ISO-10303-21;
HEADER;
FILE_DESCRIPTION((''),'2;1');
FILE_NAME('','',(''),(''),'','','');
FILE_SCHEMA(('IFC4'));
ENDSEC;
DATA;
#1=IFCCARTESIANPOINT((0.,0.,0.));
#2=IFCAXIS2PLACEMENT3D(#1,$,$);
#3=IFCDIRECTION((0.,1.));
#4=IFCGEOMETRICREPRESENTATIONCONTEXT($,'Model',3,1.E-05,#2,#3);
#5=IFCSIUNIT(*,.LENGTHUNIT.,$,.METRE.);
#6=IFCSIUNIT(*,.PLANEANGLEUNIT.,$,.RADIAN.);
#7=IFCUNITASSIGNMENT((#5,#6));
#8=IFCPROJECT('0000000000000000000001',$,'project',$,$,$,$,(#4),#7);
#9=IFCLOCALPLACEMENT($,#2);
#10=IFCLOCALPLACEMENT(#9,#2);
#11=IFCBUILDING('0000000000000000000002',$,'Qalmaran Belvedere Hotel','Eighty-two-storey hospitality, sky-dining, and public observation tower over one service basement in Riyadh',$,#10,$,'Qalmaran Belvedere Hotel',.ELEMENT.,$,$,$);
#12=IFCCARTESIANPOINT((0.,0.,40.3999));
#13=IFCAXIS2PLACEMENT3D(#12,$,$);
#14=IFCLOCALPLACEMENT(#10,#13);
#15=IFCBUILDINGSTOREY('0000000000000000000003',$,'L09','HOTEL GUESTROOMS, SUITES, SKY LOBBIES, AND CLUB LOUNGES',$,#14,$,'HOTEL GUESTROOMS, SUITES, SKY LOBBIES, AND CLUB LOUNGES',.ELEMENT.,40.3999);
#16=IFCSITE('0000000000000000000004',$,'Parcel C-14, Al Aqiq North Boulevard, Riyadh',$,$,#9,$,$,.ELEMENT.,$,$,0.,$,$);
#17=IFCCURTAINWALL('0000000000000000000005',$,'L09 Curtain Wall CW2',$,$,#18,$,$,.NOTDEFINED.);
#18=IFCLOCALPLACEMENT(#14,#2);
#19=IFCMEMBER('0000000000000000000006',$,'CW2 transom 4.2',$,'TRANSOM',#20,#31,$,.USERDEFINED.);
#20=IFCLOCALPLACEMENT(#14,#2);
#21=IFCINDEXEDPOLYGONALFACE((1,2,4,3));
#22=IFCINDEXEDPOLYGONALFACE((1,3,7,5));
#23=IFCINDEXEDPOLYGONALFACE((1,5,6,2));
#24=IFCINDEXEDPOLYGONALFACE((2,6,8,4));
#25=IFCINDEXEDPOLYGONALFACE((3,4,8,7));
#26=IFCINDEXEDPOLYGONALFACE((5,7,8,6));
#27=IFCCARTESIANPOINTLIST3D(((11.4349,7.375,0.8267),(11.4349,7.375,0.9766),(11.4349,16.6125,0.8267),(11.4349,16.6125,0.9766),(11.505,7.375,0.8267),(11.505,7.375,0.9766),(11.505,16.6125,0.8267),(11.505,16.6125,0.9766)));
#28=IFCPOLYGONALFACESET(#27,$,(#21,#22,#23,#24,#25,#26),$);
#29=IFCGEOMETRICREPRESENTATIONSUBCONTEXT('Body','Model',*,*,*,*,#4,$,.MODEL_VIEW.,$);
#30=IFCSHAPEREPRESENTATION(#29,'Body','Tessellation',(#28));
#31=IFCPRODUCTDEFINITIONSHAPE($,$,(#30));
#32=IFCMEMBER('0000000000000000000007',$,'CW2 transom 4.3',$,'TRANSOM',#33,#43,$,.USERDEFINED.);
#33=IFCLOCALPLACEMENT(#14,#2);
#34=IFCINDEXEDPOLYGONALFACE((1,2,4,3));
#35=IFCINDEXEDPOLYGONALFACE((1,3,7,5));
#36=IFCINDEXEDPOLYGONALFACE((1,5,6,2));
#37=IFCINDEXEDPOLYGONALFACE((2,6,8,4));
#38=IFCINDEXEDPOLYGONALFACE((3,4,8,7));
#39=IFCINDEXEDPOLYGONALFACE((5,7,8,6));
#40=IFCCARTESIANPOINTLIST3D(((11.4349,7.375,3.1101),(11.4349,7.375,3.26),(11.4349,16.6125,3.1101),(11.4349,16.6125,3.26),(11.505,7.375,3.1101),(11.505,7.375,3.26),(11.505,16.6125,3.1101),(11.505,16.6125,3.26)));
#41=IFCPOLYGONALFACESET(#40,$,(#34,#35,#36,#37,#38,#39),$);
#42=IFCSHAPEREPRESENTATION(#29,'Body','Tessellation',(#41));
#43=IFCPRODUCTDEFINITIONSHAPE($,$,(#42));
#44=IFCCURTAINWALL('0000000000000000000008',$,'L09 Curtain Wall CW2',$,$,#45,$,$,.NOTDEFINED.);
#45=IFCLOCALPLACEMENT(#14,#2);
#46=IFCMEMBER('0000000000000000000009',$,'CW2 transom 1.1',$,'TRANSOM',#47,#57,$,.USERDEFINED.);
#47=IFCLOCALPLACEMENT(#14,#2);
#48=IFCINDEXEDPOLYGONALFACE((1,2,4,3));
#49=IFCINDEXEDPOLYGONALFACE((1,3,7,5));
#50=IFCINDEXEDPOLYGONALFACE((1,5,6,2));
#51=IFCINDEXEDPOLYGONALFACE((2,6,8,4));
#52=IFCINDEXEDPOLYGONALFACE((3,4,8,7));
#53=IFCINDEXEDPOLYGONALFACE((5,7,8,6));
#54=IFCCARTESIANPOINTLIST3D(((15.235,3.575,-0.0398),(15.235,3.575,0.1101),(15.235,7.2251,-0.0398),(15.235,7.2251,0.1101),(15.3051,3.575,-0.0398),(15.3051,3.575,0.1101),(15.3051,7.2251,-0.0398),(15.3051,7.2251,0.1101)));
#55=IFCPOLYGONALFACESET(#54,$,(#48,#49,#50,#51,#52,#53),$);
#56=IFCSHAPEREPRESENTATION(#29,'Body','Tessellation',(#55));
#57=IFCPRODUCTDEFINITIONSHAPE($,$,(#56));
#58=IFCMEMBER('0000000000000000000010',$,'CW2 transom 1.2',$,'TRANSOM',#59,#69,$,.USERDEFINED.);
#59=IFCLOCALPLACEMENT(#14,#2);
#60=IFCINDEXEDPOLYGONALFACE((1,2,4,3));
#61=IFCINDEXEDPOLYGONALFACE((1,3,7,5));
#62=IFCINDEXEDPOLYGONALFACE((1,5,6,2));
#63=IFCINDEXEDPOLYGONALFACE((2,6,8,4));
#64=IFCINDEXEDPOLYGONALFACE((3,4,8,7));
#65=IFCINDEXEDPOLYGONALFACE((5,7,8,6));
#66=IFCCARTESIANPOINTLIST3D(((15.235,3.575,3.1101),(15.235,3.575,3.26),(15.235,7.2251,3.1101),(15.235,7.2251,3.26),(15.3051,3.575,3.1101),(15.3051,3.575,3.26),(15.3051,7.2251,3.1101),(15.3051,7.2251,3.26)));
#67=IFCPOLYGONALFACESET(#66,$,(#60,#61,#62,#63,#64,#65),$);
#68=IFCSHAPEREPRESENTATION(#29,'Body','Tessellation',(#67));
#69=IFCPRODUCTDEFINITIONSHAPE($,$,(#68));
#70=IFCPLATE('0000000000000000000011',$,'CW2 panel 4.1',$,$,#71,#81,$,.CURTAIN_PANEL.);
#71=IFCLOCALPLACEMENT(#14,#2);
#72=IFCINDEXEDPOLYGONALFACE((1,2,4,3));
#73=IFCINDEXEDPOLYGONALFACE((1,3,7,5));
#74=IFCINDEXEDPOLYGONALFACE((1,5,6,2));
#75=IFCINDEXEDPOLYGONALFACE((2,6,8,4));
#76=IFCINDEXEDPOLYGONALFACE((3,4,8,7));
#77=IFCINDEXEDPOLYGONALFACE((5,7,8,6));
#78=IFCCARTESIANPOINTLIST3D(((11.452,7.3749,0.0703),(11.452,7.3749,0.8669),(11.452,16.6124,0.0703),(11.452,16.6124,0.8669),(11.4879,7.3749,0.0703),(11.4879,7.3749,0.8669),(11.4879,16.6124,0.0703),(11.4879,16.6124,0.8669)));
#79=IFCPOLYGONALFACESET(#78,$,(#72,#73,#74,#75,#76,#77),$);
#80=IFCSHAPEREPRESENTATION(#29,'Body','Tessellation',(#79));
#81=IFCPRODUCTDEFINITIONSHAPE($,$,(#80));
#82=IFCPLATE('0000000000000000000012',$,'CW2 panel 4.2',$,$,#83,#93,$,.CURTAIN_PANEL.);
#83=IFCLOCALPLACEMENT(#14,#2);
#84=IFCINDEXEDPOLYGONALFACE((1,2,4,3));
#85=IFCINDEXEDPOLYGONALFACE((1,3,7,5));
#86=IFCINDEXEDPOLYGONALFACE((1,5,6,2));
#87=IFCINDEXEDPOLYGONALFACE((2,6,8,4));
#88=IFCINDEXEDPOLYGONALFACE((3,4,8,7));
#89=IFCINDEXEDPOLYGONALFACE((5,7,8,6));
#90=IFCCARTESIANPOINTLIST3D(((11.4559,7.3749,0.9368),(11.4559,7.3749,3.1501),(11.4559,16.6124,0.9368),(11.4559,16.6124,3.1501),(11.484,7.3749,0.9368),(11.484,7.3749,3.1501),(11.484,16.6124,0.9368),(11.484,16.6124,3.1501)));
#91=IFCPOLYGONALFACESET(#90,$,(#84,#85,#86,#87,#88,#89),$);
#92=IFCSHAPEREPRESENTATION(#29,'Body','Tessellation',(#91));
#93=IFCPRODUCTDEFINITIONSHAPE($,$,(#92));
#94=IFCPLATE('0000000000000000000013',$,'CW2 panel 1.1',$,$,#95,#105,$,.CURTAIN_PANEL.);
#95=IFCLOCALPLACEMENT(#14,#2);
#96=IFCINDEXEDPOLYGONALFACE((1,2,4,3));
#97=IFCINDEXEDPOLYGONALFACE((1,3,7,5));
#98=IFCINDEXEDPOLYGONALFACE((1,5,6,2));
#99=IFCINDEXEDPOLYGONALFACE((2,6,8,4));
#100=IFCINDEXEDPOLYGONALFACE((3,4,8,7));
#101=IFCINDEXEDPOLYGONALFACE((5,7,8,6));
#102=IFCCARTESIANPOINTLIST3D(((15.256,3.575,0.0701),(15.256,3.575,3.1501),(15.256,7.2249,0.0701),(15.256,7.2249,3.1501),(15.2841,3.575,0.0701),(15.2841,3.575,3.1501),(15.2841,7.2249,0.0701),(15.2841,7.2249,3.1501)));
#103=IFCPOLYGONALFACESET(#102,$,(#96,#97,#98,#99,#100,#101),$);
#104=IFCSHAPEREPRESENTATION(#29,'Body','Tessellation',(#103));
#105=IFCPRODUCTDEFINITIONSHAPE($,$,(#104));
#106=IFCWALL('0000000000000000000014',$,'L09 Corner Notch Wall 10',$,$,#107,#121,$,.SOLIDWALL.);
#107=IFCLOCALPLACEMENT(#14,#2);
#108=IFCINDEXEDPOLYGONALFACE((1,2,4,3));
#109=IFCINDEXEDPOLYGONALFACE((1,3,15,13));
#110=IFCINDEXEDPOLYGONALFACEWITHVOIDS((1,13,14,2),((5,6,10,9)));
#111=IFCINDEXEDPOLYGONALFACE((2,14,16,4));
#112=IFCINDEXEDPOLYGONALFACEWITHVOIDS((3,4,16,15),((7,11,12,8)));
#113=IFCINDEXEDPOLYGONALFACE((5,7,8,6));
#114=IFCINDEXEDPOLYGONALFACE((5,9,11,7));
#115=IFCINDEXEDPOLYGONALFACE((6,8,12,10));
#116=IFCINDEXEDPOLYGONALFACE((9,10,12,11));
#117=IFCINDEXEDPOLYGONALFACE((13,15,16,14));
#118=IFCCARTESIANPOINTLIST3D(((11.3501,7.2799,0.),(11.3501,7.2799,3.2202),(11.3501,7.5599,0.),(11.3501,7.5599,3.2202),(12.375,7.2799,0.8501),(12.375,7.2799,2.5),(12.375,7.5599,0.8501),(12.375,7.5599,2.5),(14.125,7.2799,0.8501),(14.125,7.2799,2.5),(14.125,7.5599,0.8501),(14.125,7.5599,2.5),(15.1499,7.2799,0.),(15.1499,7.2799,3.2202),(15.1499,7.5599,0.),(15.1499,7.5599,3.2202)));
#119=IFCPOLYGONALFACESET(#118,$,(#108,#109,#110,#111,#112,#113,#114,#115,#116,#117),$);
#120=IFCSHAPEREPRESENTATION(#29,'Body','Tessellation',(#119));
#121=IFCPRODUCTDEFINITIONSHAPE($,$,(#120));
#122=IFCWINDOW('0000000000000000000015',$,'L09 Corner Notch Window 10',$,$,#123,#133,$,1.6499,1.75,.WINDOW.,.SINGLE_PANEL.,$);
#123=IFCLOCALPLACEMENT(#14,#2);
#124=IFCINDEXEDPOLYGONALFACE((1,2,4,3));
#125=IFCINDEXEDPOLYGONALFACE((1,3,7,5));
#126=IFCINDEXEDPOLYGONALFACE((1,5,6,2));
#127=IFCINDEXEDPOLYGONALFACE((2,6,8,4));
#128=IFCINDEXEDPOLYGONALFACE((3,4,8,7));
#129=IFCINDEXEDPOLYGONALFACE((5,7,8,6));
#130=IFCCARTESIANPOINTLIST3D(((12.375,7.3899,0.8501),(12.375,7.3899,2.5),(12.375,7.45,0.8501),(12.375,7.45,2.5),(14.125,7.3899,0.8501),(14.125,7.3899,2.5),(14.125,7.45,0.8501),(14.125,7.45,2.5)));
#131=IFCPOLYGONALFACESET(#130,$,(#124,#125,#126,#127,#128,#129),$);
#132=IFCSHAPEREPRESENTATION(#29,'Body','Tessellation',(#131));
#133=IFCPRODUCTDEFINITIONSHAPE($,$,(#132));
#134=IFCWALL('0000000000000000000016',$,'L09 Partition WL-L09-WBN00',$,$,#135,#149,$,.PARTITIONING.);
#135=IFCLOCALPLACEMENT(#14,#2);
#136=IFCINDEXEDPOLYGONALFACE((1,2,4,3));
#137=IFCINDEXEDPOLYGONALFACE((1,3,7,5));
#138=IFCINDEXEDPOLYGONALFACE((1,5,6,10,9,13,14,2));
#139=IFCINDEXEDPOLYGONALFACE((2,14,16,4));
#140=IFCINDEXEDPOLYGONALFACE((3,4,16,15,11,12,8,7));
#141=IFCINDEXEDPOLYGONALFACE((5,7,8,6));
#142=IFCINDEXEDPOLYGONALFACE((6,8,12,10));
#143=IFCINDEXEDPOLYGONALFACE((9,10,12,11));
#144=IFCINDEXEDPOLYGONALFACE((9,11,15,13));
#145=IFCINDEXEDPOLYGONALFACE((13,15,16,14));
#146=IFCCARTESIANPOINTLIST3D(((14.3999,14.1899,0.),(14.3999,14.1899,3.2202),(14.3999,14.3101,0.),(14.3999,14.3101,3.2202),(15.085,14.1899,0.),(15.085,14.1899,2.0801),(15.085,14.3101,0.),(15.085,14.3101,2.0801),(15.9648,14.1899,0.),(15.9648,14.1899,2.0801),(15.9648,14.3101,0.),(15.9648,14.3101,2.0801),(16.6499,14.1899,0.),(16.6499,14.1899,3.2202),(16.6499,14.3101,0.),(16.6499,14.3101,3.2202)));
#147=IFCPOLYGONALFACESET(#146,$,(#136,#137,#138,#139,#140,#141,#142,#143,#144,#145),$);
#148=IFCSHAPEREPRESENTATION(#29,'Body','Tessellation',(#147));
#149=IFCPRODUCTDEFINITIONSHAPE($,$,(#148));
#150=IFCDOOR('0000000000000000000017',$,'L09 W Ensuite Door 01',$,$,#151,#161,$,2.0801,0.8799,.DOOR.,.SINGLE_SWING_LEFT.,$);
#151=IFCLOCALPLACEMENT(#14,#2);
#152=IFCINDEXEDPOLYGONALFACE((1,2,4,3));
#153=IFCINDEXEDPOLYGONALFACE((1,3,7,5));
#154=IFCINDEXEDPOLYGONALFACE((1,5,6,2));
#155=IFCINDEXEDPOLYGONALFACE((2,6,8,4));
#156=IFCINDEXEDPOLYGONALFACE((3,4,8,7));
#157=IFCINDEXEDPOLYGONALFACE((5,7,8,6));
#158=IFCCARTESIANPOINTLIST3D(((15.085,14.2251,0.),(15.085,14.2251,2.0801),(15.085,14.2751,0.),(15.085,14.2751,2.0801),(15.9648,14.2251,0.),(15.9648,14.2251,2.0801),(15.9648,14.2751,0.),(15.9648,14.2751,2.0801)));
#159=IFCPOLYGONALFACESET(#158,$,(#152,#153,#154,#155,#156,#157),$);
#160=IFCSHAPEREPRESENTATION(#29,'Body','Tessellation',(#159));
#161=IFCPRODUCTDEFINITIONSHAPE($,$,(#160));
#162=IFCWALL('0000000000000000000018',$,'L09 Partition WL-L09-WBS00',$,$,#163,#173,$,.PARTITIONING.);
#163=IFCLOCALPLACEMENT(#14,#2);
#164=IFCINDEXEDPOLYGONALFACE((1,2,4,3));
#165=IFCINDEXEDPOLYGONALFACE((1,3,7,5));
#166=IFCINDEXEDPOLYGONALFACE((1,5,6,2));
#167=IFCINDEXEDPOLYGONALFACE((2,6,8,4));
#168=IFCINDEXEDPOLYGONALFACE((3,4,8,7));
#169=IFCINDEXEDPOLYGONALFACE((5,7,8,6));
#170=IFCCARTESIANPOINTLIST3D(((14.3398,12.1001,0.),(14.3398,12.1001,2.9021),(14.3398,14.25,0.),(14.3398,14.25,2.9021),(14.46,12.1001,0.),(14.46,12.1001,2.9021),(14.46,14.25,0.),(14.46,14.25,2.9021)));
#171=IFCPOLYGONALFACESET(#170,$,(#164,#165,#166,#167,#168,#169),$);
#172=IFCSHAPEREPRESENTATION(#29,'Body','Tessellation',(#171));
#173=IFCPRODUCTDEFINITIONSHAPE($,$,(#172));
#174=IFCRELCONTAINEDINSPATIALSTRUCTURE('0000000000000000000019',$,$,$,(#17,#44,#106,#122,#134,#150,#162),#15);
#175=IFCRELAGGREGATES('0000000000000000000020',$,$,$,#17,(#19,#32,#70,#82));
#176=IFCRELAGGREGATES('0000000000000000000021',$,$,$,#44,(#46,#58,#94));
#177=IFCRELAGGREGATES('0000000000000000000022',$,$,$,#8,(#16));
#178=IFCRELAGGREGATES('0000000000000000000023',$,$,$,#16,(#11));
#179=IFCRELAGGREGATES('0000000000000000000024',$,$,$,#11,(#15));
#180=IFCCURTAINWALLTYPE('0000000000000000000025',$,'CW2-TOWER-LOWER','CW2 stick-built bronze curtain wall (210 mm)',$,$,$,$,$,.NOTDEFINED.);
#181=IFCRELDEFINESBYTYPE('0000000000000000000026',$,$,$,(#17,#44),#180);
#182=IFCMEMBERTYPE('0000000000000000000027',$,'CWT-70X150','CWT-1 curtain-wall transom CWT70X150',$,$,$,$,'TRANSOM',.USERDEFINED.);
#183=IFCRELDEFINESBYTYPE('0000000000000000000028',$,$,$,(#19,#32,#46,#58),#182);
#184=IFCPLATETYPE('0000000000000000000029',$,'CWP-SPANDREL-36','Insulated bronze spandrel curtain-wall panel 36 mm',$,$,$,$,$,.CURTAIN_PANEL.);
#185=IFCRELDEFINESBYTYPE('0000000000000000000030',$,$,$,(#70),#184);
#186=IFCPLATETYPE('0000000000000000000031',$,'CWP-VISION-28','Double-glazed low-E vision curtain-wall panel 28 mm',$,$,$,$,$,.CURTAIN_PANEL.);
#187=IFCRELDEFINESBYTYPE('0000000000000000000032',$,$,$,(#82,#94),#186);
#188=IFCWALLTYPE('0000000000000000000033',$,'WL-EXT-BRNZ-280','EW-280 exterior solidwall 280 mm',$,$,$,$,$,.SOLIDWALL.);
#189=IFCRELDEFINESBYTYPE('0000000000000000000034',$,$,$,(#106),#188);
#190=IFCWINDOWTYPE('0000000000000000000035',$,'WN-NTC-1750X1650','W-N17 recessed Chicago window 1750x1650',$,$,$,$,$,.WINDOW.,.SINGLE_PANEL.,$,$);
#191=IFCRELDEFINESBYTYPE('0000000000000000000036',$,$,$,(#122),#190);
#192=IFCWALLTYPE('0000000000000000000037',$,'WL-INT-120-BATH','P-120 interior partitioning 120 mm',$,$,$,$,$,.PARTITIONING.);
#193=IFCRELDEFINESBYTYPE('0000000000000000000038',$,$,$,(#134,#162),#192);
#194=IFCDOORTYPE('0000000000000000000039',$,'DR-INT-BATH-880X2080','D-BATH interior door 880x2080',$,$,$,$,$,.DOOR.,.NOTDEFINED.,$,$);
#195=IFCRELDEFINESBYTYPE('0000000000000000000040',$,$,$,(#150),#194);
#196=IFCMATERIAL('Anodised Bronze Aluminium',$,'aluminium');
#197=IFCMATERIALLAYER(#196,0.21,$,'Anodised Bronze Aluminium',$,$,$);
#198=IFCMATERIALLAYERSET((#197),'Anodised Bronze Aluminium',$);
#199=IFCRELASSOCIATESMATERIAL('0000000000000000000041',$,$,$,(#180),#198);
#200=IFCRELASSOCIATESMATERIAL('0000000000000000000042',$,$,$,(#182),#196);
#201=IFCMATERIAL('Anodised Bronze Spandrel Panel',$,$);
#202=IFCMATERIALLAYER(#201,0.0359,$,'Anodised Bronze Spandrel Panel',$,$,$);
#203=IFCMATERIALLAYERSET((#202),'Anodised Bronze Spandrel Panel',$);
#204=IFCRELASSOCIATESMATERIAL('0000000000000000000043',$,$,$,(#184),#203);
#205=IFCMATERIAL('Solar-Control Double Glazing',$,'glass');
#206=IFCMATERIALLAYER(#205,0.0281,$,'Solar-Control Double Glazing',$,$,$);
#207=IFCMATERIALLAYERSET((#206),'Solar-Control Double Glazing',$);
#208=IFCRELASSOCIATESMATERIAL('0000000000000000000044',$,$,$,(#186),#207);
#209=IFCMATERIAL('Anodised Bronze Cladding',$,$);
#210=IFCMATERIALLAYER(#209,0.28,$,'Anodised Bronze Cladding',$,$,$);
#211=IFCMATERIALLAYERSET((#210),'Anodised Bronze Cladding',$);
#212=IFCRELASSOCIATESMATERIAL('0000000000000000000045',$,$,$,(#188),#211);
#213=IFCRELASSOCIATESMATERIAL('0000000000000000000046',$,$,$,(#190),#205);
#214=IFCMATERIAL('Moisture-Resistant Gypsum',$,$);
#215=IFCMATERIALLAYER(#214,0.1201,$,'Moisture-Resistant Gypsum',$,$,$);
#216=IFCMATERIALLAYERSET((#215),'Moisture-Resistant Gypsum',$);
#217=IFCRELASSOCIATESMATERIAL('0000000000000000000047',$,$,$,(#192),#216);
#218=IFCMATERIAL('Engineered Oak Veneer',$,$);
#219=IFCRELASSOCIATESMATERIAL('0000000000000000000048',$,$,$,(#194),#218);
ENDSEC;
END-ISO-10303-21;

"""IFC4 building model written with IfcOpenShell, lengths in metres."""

from ifc_helpers import new_model, si_unit, direction, frame, frame_2d, origin, origin_2d, place, context, subcontext, project, spatial, rectangle, extrude, material, layer, layer_set, material_profile, profile_set, type_object, element, fill, aggregate, save


model = new_model("IFC4")

# Units and contexts
model_context = context("Model", 3, precision=1e-05, world=origin(), true_north=direction((0.0, 1.0)))
body_context = subcontext(model_context, "Body", "Model", "MODEL_VIEW")
ifc_project = project(units=[si_unit("LENGTHUNIT", "METRE"), si_unit("PLANEANGLEUNIT", "RADIAN")], contexts=[model_context])

# Site, building, storey
site_placement = place(None, origin())
site = spatial("IfcSite", under=ifc_project, at=site_placement, Name="Parcel C-14, Al Aqiq North Boulevard, Riyadh", CompositionType="ELEMENT", RefElevation=0.0)
building_placement = place(site_placement, origin())
building = spatial("IfcBuilding", under=site, at=building_placement, Name="Qalmaran Belvedere Hotel", Description="Eighty-two-storey hospitality, sky-dining, and public observation tower over one service basement in Riyadh", LongName="Qalmaran Belvedere Hotel", CompositionType="ELEMENT")
storey_placement = place(building_placement, frame((0.0, 0.0, 40.3999)))
storey = spatial("IfcBuildingStorey", under=building, at=storey_placement, Name="L09", Description="HOTEL GUESTROOMS, SUITES, SKY LOBBIES, AND CLUB LOUNGES", LongName="HOTEL GUESTROOMS, SUITES, SKY LOBBIES, AND CLUB LOUNGES", CompositionType="ELEMENT", Elevation=40.3999)

# Curtain walls, members
ifc_material_1 = material(Name="Anodised Bronze Aluminium", Category="aluminium")
ifc_layer_1 = layer(ifc_material_1, 0.21, Name="Anodised Bronze Aluminium")
ifc_layer_set_1 = layer_set([ifc_layer_1], Name="Anodised Bronze Aluminium")
curtain_wall_type = type_object("IfcCurtainWallType", Name="CW2-TOWER-LOWER", Description="CW2 stick-built bronze curtain wall (210 mm)", PredefinedType="NOTDEFINED", material=ifc_layer_set_1)
curtain_wall_1_placement = place(storey_placement, origin())
curtain_wall_1 = element("IfcCurtainWall", 1, at=curtain_wall_1_placement, inside=storey, type_object=curtain_wall_type, Name="L09 Curtain Wall CW2", PredefinedType="NOTDEFINED")
ifc_material_profile_1 = material_profile(ifc_material_1, rectangle(XDim=0.0701, YDim=0.1499, at=origin_2d()), Name="CWT70X150")
ifc_profile_set_1 = profile_set([ifc_material_profile_1], Name="Anodised Bronze Aluminium")
member_type_1 = type_object("IfcMemberType", Name="CWT-70X150", Description="CWT-1 curtain-wall transom CWT70X150", ElementType="TRANSOM", PredefinedType="USERDEFINED", material=ifc_profile_set_1)
member_1_placement = place(storey_placement, frame((11.47, 16.6125, 0.9016), z_axis=(0.0, -1.0, 0.0), x_axis=(1.0, 0.0, 0.0)))
member_1 = element("IfcMember", 2, at=member_1_placement, type_object=member_type_1, Name="CW2 transom 4.2", ObjectType="TRANSOM", PredefinedType="USERDEFINED", context=body_context, shape_type="SweptSolid", body=[
    extrude(rectangle(XDim=0.0701, YDim=0.1499, at=origin_2d()), origin(), (0.0, 0.0, 1.0), 9.2375),
])
member_2_placement = place(storey_placement, frame((11.47, 16.6125, 3.1851), z_axis=(0.0, -1.0, 0.0), x_axis=(1.0, 0.0, 0.0)))
member_2 = element("IfcMember", 3, at=member_2_placement, type_object=member_type_1, Name="CW2 transom 4.3", ObjectType="TRANSOM", PredefinedType="USERDEFINED", context=body_context, shape_type="SweptSolid", body=[
    extrude(rectangle(XDim=0.0701, YDim=0.1499, at=origin_2d()), origin(), (0.0, 0.0, 1.0), 9.2375),
])
curtain_wall_2_placement = place(storey_placement, origin())
curtain_wall_2 = element("IfcCurtainWall", 4, at=curtain_wall_2_placement, inside=storey, type_object=curtain_wall_type, Name="L09 Curtain Wall CW2", PredefinedType="NOTDEFINED")
member_3_placement = place(storey_placement, frame((15.27, 7.2251, 0.0352), z_axis=(0.0, -1.0, 0.0), x_axis=(1.0, 0.0, 0.0)))
member_3 = element("IfcMember", 5, at=member_3_placement, type_object=member_type_1, Name="CW2 transom 1.1", ObjectType="TRANSOM", PredefinedType="USERDEFINED", context=body_context, shape_type="SweptSolid", body=[
    extrude(rectangle(XDim=0.0701, YDim=0.1499, at=origin_2d()), origin(), (0.0, 0.0, 1.0), 3.6501),
])
member_4_placement = place(storey_placement, frame((15.27, 7.2251, 3.1851), z_axis=(0.0, -1.0, 0.0), x_axis=(1.0, 0.0, 0.0)))
member_4 = element("IfcMember", 6, at=member_4_placement, type_object=member_type_1, Name="CW2 transom 1.2", ObjectType="TRANSOM", PredefinedType="USERDEFINED", context=body_context, shape_type="SweptSolid", body=[
    extrude(rectangle(XDim=0.0701, YDim=0.1499, at=origin_2d()), origin(), (0.0, 0.0, 1.0), 3.6501),
])

# Plates
ifc_material_2 = material(Name="Anodised Bronze Spandrel Panel")
ifc_layer_2 = layer(ifc_material_2, 0.0359, Name="Anodised Bronze Spandrel Panel")
ifc_layer_set_2 = layer_set([ifc_layer_2], Name="Anodised Bronze Spandrel Panel")
plate_type_1 = type_object("IfcPlateType", Name="CWP-SPANDREL-36", Description="Insulated bronze spandrel curtain-wall panel 36 mm", PredefinedType="CURTAIN_PANEL", material=ifc_layer_set_2)
plate_1_placement = place(storey_placement, frame((11.47, 11.9937, 0.0703), z_axis=(0.0, 0.0, 1.0), x_axis=(0.0, -1.0, 0.0)))
plate_1 = element("IfcPlate", 7, at=plate_1_placement, type_object=plate_type_1, Name="CW2 panel 4.1", PredefinedType="CURTAIN_PANEL", context=body_context, shape_type="SweptSolid", body=[
    extrude(rectangle(XDim=9.2375, YDim=0.0359, at=origin_2d()), origin(), (0.0, 0.0, 1.0), 0.7966),
])
ifc_material_3 = material(Name="Solar-Control Double Glazing", Category="glass")
ifc_layer_3 = layer(ifc_material_3, 0.0281, Name="Solar-Control Double Glazing")
ifc_layer_set_3 = layer_set([ifc_layer_3], Name="Solar-Control Double Glazing")
plate_type_2 = type_object("IfcPlateType", Name="CWP-VISION-28", Description="Double-glazed low-E vision curtain-wall panel 28 mm", PredefinedType="CURTAIN_PANEL", material=ifc_layer_set_3)
plate_2_placement = place(storey_placement, frame((11.47, 11.9937, 0.9368), z_axis=(0.0, 0.0, 1.0), x_axis=(0.0, -1.0, 0.0)))
plate_2 = element("IfcPlate", 8, at=plate_2_placement, type_object=plate_type_2, Name="CW2 panel 4.2", PredefinedType="CURTAIN_PANEL", context=body_context, shape_type="SweptSolid", body=[
    extrude(rectangle(XDim=9.2375, YDim=0.0281, at=origin_2d()), origin(), (0.0, 0.0, 1.0), 2.2134),
])
aggregate(curtain_wall_1, [member_1, member_2, plate_1, plate_2])
plate_3_placement = place(storey_placement, frame((15.27, 5.3999, 0.0701), z_axis=(0.0, 0.0, 1.0), x_axis=(0.0, -1.0, 0.0)))
plate_3 = element("IfcPlate", 9, at=plate_3_placement, type_object=plate_type_2, Name="CW2 panel 1.1", PredefinedType="CURTAIN_PANEL", context=body_context, shape_type="SweptSolid", body=[
    extrude(rectangle(XDim=3.6499, YDim=0.0281, at=origin_2d()), origin(), (0.0, 0.0, 1.0), 3.0801),
])
aggregate(curtain_wall_2, [member_3, member_4, plate_3])

# Wall, opening, window
ifc_material_4 = material(Name="Anodised Bronze Cladding")
ifc_layer_4 = layer(ifc_material_4, 0.28, Name="Anodised Bronze Cladding")
ifc_layer_set_4 = layer_set([ifc_layer_4], Name="Anodised Bronze Cladding")
wall_type_1 = type_object("IfcWallType", Name="WL-EXT-BRNZ-280", Description="EW-280 exterior solidwall 280 mm", PredefinedType="SOLIDWALL", material=ifc_layer_set_4)
wall_1_placement = place(storey_placement, frame((11.3501, 7.4199, 0.0), z_axis=(0.0, 0.0, 1.0), x_axis=(1.0, 0.0, 0.0)))
wall_1 = element("IfcWall", 10, at=wall_1_placement, inside=storey, type_object=wall_type_1, Name="L09 Corner Notch Wall 10", PredefinedType="SOLIDWALL", context=body_context, shape_type="SweptSolid", body=[
    extrude(rectangle(XDim=3.7998, YDim=0.28, at=frame_2d((1.8999, 0.0))), origin(), (0.0, 0.0, 1.0), 3.2202),
])
opening_1_placement = place(wall_1_placement, frame((1.0249, 0.0, 0.8501)))
opening_1 = element("IfcOpeningElement", 11, at=opening_1_placement, cuts=wall_1, PredefinedType="OPENING", context=body_context, shape_type="SweptSolid", body=[
    extrude(rectangle(XDim=1.75, YDim=1.6499, at=frame_2d((0.875, 0.825))), frame((0.0, 0.1499, 0.0), z_axis=(0.0, -1.0, 0.0), x_axis=(1.0, 0.0, 0.0)), (0.0, 0.0, 1.0), 0.3),
])
window_type = type_object("IfcWindowType", Name="WN-NTC-1750X1650", Description="W-N17 recessed Chicago window 1750x1650", PartitioningType="SINGLE_PANEL", PredefinedType="WINDOW", material=ifc_material_3)
window_placement = place(opening_1_placement, origin())
window = element("IfcWindow", 12, at=window_placement, inside=storey, type_object=window_type, Name="L09 Corner Notch Window 10", OverallHeight=1.6499, OverallWidth=1.75, PartitioningType="SINGLE_PANEL", PredefinedType="WINDOW", context=body_context, shape_type="SweptSolid", body=[
    extrude(rectangle(XDim=1.75, YDim=1.6499, at=frame_2d((0.875, 0.825))), frame((0.0, 0.03, 0.0), z_axis=(0.0, -1.0, 0.0), x_axis=(1.0, 0.0, 0.0)), (0.0, 0.0, 1.0), 0.0601),
])
fill(opening_1, window)

# Wall, opening, door
ifc_material_5 = material(Name="Moisture-Resistant Gypsum")
ifc_layer_5 = layer(ifc_material_5, 0.1201, Name="Moisture-Resistant Gypsum")
ifc_layer_set_5 = layer_set([ifc_layer_5], Name="Moisture-Resistant Gypsum")
wall_type_2 = type_object("IfcWallType", Name="WL-INT-120-BATH", Description="P-120 interior partitioning 120 mm", PredefinedType="PARTITIONING", material=ifc_layer_set_5)
wall_2_placement = place(storey_placement, frame((14.3999, 14.25, 0.0), z_axis=(0.0, 0.0, 1.0), x_axis=(1.0, 0.0, 0.0)))
wall_2 = element("IfcWall", 13, at=wall_2_placement, inside=storey, type_object=wall_type_2, Name="L09 Partition WL-L09-WBN00", PredefinedType="PARTITIONING", context=body_context, shape_type="SweptSolid", body=[
    extrude(rectangle(XDim=2.25, YDim=0.1201, at=frame_2d((1.125, 0.0))), origin(), (0.0, 0.0, 1.0), 3.2202),
])
opening_2_placement = place(wall_2_placement, frame((1.5649, 0.0, 0.0), z_axis=(0.0, 0.0, 1.0), x_axis=(-1.0, 0.0, 0.0)))
opening_2 = element("IfcOpeningElement", 14, at=opening_2_placement, cuts=wall_2, PredefinedType="OPENING", context=body_context, shape_type="SweptSolid", body=[
    extrude(rectangle(XDim=0.8799, YDim=2.0801, at=frame_2d((0.4399, 1.04))), frame((0.0, 0.0701, 0.0), z_axis=(0.0, -1.0, 0.0), x_axis=(1.0, 0.0, 0.0)), (0.0, 0.0, 1.0), 0.1401),
])
ifc_material_6 = material(Name="Engineered Oak Veneer")
door_type = type_object("IfcDoorType", Name="DR-INT-BATH-880X2080", Description="D-BATH interior door 880x2080", OperationType="NOTDEFINED", PredefinedType="DOOR", material=ifc_material_6)
door_placement = place(opening_2_placement, origin())
door = element("IfcDoor", 15, at=door_placement, inside=storey, type_object=door_type, Name="L09 W Ensuite Door 01", OperationType="SINGLE_SWING_LEFT", OverallHeight=2.0801, OverallWidth=0.8799, PredefinedType="DOOR", context=body_context, shape_type="SweptSolid", body=[
    extrude(rectangle(XDim=0.8799, YDim=2.0801, at=frame_2d((0.4399, 1.04))), frame((0.0, 0.0249, 0.0), z_axis=(0.0, -1.0, 0.0), x_axis=(1.0, 0.0, 0.0)), (0.0, 0.0, 1.0), 0.05),
])
fill(opening_2, door)

# Wall
wall_3_placement = place(storey_placement, frame((14.3999, 12.1001, 0.0), z_axis=(0.0, 0.0, 1.0), x_axis=(0.0, 1.0, 0.0)))
element("IfcWall", 16, at=wall_3_placement, inside=storey, type_object=wall_type_2, Name="L09 Partition WL-L09-WBS00", PredefinedType="PARTITIONING", context=body_context, shape_type="SweptSolid", body=[
    extrude(rectangle(XDim=2.1499, YDim=0.1201, at=frame_2d((1.075, 0.0))), origin(), (0.0, 0.0, 1.0), 2.9021),
])

save(model, "model.ifc")
